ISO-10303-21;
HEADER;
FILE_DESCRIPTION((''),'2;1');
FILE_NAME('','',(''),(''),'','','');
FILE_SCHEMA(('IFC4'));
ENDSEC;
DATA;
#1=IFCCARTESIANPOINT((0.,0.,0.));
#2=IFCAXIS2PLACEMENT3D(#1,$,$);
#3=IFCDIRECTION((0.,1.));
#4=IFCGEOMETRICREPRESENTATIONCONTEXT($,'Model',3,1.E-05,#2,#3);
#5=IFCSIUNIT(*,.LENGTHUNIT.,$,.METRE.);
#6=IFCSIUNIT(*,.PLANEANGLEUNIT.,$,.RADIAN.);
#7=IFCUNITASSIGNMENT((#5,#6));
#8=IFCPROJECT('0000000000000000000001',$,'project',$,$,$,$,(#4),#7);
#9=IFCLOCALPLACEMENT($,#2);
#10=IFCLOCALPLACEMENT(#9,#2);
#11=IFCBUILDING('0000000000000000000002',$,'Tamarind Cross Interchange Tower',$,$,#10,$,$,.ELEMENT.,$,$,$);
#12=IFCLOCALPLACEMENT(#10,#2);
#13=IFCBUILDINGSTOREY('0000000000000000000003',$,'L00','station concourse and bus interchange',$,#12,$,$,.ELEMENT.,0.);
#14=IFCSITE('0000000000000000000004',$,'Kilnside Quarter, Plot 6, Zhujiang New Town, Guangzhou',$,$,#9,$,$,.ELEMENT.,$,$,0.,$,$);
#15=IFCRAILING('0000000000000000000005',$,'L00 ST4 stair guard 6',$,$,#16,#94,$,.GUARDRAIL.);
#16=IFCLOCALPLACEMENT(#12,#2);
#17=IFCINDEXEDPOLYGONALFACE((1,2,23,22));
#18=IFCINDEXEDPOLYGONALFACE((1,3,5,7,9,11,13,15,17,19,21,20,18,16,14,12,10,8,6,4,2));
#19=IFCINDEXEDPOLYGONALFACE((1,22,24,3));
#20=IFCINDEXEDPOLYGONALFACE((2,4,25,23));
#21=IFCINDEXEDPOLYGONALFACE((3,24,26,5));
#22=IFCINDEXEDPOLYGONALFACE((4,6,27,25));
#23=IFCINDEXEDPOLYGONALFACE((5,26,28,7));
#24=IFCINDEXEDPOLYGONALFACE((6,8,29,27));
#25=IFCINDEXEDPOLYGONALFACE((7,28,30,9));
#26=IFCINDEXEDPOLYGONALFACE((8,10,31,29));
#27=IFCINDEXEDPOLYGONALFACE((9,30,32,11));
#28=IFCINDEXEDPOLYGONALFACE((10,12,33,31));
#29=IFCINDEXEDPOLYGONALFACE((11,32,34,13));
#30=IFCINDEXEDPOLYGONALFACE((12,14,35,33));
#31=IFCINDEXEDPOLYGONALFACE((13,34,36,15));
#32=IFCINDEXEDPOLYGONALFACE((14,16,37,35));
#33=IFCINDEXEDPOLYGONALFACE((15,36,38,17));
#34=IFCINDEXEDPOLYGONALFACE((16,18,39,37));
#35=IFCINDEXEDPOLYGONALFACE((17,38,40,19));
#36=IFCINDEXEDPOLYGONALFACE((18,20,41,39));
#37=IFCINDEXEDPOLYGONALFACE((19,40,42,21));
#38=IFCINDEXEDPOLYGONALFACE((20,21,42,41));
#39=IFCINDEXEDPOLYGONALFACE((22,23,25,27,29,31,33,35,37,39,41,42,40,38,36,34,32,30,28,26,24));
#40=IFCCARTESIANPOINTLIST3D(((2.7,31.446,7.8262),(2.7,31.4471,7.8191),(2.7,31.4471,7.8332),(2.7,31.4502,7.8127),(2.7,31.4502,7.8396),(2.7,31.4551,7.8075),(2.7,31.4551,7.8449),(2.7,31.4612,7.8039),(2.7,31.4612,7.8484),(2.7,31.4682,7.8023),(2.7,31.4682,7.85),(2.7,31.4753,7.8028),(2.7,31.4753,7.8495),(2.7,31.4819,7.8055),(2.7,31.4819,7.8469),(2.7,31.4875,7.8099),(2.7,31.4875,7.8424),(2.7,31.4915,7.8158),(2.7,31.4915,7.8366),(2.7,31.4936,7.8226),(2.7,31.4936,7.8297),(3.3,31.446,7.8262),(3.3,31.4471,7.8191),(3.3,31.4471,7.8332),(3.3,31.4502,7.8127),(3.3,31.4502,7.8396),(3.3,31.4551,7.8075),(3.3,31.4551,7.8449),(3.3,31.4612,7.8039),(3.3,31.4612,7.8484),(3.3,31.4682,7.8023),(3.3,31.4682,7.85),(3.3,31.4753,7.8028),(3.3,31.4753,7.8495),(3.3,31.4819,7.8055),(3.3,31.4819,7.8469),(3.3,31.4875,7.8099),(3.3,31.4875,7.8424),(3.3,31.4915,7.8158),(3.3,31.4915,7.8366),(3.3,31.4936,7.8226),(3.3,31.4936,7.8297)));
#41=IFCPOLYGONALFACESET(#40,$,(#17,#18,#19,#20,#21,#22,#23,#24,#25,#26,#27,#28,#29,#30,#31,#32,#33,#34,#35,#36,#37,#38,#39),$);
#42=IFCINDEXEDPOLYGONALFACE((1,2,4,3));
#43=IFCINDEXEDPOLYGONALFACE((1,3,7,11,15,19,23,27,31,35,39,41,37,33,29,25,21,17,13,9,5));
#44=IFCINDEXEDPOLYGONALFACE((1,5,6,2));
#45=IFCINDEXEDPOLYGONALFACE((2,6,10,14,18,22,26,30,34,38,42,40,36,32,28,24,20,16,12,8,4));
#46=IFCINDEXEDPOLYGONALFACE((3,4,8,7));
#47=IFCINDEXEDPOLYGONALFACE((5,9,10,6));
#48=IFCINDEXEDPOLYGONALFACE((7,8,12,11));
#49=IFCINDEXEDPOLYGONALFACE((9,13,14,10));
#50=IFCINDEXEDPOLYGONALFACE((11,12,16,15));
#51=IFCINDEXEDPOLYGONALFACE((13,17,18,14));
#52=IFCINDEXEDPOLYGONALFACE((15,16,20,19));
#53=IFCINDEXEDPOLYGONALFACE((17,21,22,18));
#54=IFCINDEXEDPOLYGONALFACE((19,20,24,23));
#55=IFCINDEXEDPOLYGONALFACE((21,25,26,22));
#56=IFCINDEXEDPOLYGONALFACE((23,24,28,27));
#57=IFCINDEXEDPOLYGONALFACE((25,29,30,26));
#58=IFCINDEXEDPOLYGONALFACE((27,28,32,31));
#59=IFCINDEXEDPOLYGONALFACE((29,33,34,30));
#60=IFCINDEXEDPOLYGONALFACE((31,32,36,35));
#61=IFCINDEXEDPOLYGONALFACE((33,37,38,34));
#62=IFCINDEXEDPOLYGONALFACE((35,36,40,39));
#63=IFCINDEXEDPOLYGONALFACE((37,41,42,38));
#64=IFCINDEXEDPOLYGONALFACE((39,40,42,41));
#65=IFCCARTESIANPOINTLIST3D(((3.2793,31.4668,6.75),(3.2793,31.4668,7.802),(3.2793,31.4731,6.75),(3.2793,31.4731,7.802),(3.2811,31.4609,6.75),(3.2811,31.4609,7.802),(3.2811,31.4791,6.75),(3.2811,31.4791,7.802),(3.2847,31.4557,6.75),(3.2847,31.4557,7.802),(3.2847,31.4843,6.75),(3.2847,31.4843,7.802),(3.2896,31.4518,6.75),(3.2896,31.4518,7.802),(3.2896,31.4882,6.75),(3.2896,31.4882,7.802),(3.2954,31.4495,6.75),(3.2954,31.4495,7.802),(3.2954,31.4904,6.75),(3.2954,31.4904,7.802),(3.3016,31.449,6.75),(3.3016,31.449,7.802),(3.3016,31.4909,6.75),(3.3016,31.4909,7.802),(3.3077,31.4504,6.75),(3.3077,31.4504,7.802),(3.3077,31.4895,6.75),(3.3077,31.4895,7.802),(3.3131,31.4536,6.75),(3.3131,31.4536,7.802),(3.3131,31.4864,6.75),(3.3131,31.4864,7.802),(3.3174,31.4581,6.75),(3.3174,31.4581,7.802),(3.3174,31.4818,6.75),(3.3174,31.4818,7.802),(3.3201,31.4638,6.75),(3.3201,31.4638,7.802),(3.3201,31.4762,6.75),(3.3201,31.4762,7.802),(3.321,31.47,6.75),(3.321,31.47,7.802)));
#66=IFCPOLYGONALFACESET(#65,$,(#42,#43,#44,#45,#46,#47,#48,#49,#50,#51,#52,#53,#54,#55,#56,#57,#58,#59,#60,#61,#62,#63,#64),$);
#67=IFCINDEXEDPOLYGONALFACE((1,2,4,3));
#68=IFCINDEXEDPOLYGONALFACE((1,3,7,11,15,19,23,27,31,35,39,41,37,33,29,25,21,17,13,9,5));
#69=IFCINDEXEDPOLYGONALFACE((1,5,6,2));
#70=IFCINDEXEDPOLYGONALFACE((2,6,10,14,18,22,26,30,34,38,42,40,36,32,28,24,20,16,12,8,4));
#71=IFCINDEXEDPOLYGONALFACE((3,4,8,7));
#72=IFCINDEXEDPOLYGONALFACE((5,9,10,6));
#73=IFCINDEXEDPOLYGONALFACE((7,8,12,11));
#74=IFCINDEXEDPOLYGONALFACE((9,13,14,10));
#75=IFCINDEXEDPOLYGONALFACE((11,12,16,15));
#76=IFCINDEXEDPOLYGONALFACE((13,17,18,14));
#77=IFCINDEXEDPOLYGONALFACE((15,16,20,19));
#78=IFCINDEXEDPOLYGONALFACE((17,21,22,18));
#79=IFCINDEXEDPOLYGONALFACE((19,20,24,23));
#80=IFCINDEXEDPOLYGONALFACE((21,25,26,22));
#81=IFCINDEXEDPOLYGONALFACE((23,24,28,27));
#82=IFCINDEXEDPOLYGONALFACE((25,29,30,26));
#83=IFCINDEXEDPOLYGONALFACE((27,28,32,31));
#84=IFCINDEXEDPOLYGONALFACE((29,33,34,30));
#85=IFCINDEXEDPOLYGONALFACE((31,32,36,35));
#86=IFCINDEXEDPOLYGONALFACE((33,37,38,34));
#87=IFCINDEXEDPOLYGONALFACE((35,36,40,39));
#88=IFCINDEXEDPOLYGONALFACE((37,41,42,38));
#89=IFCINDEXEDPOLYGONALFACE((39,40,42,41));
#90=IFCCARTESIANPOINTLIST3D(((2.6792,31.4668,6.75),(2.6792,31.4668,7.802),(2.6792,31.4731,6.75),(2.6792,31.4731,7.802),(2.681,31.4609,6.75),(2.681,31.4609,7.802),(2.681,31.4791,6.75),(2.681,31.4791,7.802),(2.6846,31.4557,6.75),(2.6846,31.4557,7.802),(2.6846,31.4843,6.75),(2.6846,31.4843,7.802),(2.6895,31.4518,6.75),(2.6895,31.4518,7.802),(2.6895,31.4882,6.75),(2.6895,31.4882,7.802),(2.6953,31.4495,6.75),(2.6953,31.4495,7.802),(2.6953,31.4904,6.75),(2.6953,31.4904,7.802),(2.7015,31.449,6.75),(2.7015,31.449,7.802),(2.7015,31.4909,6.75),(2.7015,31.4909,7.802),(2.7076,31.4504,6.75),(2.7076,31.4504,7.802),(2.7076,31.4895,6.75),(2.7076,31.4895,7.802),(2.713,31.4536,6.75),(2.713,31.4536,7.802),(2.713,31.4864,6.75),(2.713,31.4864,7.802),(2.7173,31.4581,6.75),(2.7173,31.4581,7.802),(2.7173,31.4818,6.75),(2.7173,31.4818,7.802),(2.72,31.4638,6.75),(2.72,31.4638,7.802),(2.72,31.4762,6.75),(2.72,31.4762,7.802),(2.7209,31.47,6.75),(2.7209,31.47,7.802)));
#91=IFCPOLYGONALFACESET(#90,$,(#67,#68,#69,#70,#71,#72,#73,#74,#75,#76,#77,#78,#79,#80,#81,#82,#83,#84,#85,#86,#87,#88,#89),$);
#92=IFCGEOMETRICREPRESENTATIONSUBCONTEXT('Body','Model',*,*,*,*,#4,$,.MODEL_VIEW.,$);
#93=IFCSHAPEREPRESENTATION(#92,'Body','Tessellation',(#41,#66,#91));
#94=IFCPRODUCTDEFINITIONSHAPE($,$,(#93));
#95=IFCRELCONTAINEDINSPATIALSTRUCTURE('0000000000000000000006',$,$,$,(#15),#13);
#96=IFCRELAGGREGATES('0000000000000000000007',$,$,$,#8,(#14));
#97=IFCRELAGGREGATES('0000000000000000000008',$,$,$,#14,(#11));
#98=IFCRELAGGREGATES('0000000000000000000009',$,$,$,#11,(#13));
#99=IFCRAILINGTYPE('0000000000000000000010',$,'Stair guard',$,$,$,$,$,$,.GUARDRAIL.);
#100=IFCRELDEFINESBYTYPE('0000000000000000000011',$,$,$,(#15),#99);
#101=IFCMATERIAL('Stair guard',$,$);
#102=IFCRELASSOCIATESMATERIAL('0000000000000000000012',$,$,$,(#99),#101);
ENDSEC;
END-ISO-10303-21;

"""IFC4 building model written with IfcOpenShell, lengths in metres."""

from ifc_helpers import new_model, si_unit, direction, frame, origin, origin_2d, place, context, subcontext, project, spatial, circle, extrude, material, type_object, element, save


model = new_model("IFC4")

# Units and contexts
model_context = context("Model", 3, precision=1e-05, world=origin(), true_north=direction((0.0, 1.0)))
body_context = subcontext(model_context, "Body", "Model", "MODEL_VIEW")
ifc_project = project(units=[si_unit("LENGTHUNIT", "METRE"), si_unit("PLANEANGLEUNIT", "RADIAN")], contexts=[model_context])

# Site, building, storey
site_placement = place(None, origin())
site = spatial("IfcSite", under=ifc_project, at=site_placement, Name="Kilnside Quarter, Plot 6, Zhujiang New Town, Guangzhou", CompositionType="ELEMENT", RefElevation=0.0)
building_placement = place(site_placement, origin())
building = spatial("IfcBuilding", under=site, at=building_placement, Name="Tamarind Cross Interchange Tower", CompositionType="ELEMENT")
storey_placement = place(building_placement, origin())
storey = spatial("IfcBuildingStorey", under=building, at=storey_placement, Name="L00", Description="station concourse and bus interchange", CompositionType="ELEMENT", Elevation=0.0)

# Railing
ifc_material_1 = material(Name="Stair guard")
railing_type_1 = type_object("IfcRailingType", Name="Stair guard", PredefinedType="GUARDRAIL", material=ifc_material_1)
railing_1_placement = place(storey_placement, frame((3.3, 31.47, 6.75)))
element("IfcRailing", 1, at=railing_1_placement, inside=storey, type_object=railing_type_1, Name="L00 ST4 stair guard 6", PredefinedType="GUARDRAIL", context=body_context, shape_type="SweptSolid", body=[
    extrude(circle(Radius=0.0239, at=origin_2d()), frame((0.0, 0.0, 1.0762), z_axis=(-1.0, 0.0, 0.0), x_axis=(0.0, -1.0, 0.0)), (0.0, 0.0, 1.0), 0.6001),
    extrude(circle(Radius=0.021, at=origin_2d()), origin(), (0.0, 0.0, 1.0), 1.052),
    extrude(circle(Radius=0.021, at=origin_2d()), frame((-0.6001, 0.0, 0.0)), (0.0, 0.0, 1.0), 1.052),
])

save(model, "model.ifc")
